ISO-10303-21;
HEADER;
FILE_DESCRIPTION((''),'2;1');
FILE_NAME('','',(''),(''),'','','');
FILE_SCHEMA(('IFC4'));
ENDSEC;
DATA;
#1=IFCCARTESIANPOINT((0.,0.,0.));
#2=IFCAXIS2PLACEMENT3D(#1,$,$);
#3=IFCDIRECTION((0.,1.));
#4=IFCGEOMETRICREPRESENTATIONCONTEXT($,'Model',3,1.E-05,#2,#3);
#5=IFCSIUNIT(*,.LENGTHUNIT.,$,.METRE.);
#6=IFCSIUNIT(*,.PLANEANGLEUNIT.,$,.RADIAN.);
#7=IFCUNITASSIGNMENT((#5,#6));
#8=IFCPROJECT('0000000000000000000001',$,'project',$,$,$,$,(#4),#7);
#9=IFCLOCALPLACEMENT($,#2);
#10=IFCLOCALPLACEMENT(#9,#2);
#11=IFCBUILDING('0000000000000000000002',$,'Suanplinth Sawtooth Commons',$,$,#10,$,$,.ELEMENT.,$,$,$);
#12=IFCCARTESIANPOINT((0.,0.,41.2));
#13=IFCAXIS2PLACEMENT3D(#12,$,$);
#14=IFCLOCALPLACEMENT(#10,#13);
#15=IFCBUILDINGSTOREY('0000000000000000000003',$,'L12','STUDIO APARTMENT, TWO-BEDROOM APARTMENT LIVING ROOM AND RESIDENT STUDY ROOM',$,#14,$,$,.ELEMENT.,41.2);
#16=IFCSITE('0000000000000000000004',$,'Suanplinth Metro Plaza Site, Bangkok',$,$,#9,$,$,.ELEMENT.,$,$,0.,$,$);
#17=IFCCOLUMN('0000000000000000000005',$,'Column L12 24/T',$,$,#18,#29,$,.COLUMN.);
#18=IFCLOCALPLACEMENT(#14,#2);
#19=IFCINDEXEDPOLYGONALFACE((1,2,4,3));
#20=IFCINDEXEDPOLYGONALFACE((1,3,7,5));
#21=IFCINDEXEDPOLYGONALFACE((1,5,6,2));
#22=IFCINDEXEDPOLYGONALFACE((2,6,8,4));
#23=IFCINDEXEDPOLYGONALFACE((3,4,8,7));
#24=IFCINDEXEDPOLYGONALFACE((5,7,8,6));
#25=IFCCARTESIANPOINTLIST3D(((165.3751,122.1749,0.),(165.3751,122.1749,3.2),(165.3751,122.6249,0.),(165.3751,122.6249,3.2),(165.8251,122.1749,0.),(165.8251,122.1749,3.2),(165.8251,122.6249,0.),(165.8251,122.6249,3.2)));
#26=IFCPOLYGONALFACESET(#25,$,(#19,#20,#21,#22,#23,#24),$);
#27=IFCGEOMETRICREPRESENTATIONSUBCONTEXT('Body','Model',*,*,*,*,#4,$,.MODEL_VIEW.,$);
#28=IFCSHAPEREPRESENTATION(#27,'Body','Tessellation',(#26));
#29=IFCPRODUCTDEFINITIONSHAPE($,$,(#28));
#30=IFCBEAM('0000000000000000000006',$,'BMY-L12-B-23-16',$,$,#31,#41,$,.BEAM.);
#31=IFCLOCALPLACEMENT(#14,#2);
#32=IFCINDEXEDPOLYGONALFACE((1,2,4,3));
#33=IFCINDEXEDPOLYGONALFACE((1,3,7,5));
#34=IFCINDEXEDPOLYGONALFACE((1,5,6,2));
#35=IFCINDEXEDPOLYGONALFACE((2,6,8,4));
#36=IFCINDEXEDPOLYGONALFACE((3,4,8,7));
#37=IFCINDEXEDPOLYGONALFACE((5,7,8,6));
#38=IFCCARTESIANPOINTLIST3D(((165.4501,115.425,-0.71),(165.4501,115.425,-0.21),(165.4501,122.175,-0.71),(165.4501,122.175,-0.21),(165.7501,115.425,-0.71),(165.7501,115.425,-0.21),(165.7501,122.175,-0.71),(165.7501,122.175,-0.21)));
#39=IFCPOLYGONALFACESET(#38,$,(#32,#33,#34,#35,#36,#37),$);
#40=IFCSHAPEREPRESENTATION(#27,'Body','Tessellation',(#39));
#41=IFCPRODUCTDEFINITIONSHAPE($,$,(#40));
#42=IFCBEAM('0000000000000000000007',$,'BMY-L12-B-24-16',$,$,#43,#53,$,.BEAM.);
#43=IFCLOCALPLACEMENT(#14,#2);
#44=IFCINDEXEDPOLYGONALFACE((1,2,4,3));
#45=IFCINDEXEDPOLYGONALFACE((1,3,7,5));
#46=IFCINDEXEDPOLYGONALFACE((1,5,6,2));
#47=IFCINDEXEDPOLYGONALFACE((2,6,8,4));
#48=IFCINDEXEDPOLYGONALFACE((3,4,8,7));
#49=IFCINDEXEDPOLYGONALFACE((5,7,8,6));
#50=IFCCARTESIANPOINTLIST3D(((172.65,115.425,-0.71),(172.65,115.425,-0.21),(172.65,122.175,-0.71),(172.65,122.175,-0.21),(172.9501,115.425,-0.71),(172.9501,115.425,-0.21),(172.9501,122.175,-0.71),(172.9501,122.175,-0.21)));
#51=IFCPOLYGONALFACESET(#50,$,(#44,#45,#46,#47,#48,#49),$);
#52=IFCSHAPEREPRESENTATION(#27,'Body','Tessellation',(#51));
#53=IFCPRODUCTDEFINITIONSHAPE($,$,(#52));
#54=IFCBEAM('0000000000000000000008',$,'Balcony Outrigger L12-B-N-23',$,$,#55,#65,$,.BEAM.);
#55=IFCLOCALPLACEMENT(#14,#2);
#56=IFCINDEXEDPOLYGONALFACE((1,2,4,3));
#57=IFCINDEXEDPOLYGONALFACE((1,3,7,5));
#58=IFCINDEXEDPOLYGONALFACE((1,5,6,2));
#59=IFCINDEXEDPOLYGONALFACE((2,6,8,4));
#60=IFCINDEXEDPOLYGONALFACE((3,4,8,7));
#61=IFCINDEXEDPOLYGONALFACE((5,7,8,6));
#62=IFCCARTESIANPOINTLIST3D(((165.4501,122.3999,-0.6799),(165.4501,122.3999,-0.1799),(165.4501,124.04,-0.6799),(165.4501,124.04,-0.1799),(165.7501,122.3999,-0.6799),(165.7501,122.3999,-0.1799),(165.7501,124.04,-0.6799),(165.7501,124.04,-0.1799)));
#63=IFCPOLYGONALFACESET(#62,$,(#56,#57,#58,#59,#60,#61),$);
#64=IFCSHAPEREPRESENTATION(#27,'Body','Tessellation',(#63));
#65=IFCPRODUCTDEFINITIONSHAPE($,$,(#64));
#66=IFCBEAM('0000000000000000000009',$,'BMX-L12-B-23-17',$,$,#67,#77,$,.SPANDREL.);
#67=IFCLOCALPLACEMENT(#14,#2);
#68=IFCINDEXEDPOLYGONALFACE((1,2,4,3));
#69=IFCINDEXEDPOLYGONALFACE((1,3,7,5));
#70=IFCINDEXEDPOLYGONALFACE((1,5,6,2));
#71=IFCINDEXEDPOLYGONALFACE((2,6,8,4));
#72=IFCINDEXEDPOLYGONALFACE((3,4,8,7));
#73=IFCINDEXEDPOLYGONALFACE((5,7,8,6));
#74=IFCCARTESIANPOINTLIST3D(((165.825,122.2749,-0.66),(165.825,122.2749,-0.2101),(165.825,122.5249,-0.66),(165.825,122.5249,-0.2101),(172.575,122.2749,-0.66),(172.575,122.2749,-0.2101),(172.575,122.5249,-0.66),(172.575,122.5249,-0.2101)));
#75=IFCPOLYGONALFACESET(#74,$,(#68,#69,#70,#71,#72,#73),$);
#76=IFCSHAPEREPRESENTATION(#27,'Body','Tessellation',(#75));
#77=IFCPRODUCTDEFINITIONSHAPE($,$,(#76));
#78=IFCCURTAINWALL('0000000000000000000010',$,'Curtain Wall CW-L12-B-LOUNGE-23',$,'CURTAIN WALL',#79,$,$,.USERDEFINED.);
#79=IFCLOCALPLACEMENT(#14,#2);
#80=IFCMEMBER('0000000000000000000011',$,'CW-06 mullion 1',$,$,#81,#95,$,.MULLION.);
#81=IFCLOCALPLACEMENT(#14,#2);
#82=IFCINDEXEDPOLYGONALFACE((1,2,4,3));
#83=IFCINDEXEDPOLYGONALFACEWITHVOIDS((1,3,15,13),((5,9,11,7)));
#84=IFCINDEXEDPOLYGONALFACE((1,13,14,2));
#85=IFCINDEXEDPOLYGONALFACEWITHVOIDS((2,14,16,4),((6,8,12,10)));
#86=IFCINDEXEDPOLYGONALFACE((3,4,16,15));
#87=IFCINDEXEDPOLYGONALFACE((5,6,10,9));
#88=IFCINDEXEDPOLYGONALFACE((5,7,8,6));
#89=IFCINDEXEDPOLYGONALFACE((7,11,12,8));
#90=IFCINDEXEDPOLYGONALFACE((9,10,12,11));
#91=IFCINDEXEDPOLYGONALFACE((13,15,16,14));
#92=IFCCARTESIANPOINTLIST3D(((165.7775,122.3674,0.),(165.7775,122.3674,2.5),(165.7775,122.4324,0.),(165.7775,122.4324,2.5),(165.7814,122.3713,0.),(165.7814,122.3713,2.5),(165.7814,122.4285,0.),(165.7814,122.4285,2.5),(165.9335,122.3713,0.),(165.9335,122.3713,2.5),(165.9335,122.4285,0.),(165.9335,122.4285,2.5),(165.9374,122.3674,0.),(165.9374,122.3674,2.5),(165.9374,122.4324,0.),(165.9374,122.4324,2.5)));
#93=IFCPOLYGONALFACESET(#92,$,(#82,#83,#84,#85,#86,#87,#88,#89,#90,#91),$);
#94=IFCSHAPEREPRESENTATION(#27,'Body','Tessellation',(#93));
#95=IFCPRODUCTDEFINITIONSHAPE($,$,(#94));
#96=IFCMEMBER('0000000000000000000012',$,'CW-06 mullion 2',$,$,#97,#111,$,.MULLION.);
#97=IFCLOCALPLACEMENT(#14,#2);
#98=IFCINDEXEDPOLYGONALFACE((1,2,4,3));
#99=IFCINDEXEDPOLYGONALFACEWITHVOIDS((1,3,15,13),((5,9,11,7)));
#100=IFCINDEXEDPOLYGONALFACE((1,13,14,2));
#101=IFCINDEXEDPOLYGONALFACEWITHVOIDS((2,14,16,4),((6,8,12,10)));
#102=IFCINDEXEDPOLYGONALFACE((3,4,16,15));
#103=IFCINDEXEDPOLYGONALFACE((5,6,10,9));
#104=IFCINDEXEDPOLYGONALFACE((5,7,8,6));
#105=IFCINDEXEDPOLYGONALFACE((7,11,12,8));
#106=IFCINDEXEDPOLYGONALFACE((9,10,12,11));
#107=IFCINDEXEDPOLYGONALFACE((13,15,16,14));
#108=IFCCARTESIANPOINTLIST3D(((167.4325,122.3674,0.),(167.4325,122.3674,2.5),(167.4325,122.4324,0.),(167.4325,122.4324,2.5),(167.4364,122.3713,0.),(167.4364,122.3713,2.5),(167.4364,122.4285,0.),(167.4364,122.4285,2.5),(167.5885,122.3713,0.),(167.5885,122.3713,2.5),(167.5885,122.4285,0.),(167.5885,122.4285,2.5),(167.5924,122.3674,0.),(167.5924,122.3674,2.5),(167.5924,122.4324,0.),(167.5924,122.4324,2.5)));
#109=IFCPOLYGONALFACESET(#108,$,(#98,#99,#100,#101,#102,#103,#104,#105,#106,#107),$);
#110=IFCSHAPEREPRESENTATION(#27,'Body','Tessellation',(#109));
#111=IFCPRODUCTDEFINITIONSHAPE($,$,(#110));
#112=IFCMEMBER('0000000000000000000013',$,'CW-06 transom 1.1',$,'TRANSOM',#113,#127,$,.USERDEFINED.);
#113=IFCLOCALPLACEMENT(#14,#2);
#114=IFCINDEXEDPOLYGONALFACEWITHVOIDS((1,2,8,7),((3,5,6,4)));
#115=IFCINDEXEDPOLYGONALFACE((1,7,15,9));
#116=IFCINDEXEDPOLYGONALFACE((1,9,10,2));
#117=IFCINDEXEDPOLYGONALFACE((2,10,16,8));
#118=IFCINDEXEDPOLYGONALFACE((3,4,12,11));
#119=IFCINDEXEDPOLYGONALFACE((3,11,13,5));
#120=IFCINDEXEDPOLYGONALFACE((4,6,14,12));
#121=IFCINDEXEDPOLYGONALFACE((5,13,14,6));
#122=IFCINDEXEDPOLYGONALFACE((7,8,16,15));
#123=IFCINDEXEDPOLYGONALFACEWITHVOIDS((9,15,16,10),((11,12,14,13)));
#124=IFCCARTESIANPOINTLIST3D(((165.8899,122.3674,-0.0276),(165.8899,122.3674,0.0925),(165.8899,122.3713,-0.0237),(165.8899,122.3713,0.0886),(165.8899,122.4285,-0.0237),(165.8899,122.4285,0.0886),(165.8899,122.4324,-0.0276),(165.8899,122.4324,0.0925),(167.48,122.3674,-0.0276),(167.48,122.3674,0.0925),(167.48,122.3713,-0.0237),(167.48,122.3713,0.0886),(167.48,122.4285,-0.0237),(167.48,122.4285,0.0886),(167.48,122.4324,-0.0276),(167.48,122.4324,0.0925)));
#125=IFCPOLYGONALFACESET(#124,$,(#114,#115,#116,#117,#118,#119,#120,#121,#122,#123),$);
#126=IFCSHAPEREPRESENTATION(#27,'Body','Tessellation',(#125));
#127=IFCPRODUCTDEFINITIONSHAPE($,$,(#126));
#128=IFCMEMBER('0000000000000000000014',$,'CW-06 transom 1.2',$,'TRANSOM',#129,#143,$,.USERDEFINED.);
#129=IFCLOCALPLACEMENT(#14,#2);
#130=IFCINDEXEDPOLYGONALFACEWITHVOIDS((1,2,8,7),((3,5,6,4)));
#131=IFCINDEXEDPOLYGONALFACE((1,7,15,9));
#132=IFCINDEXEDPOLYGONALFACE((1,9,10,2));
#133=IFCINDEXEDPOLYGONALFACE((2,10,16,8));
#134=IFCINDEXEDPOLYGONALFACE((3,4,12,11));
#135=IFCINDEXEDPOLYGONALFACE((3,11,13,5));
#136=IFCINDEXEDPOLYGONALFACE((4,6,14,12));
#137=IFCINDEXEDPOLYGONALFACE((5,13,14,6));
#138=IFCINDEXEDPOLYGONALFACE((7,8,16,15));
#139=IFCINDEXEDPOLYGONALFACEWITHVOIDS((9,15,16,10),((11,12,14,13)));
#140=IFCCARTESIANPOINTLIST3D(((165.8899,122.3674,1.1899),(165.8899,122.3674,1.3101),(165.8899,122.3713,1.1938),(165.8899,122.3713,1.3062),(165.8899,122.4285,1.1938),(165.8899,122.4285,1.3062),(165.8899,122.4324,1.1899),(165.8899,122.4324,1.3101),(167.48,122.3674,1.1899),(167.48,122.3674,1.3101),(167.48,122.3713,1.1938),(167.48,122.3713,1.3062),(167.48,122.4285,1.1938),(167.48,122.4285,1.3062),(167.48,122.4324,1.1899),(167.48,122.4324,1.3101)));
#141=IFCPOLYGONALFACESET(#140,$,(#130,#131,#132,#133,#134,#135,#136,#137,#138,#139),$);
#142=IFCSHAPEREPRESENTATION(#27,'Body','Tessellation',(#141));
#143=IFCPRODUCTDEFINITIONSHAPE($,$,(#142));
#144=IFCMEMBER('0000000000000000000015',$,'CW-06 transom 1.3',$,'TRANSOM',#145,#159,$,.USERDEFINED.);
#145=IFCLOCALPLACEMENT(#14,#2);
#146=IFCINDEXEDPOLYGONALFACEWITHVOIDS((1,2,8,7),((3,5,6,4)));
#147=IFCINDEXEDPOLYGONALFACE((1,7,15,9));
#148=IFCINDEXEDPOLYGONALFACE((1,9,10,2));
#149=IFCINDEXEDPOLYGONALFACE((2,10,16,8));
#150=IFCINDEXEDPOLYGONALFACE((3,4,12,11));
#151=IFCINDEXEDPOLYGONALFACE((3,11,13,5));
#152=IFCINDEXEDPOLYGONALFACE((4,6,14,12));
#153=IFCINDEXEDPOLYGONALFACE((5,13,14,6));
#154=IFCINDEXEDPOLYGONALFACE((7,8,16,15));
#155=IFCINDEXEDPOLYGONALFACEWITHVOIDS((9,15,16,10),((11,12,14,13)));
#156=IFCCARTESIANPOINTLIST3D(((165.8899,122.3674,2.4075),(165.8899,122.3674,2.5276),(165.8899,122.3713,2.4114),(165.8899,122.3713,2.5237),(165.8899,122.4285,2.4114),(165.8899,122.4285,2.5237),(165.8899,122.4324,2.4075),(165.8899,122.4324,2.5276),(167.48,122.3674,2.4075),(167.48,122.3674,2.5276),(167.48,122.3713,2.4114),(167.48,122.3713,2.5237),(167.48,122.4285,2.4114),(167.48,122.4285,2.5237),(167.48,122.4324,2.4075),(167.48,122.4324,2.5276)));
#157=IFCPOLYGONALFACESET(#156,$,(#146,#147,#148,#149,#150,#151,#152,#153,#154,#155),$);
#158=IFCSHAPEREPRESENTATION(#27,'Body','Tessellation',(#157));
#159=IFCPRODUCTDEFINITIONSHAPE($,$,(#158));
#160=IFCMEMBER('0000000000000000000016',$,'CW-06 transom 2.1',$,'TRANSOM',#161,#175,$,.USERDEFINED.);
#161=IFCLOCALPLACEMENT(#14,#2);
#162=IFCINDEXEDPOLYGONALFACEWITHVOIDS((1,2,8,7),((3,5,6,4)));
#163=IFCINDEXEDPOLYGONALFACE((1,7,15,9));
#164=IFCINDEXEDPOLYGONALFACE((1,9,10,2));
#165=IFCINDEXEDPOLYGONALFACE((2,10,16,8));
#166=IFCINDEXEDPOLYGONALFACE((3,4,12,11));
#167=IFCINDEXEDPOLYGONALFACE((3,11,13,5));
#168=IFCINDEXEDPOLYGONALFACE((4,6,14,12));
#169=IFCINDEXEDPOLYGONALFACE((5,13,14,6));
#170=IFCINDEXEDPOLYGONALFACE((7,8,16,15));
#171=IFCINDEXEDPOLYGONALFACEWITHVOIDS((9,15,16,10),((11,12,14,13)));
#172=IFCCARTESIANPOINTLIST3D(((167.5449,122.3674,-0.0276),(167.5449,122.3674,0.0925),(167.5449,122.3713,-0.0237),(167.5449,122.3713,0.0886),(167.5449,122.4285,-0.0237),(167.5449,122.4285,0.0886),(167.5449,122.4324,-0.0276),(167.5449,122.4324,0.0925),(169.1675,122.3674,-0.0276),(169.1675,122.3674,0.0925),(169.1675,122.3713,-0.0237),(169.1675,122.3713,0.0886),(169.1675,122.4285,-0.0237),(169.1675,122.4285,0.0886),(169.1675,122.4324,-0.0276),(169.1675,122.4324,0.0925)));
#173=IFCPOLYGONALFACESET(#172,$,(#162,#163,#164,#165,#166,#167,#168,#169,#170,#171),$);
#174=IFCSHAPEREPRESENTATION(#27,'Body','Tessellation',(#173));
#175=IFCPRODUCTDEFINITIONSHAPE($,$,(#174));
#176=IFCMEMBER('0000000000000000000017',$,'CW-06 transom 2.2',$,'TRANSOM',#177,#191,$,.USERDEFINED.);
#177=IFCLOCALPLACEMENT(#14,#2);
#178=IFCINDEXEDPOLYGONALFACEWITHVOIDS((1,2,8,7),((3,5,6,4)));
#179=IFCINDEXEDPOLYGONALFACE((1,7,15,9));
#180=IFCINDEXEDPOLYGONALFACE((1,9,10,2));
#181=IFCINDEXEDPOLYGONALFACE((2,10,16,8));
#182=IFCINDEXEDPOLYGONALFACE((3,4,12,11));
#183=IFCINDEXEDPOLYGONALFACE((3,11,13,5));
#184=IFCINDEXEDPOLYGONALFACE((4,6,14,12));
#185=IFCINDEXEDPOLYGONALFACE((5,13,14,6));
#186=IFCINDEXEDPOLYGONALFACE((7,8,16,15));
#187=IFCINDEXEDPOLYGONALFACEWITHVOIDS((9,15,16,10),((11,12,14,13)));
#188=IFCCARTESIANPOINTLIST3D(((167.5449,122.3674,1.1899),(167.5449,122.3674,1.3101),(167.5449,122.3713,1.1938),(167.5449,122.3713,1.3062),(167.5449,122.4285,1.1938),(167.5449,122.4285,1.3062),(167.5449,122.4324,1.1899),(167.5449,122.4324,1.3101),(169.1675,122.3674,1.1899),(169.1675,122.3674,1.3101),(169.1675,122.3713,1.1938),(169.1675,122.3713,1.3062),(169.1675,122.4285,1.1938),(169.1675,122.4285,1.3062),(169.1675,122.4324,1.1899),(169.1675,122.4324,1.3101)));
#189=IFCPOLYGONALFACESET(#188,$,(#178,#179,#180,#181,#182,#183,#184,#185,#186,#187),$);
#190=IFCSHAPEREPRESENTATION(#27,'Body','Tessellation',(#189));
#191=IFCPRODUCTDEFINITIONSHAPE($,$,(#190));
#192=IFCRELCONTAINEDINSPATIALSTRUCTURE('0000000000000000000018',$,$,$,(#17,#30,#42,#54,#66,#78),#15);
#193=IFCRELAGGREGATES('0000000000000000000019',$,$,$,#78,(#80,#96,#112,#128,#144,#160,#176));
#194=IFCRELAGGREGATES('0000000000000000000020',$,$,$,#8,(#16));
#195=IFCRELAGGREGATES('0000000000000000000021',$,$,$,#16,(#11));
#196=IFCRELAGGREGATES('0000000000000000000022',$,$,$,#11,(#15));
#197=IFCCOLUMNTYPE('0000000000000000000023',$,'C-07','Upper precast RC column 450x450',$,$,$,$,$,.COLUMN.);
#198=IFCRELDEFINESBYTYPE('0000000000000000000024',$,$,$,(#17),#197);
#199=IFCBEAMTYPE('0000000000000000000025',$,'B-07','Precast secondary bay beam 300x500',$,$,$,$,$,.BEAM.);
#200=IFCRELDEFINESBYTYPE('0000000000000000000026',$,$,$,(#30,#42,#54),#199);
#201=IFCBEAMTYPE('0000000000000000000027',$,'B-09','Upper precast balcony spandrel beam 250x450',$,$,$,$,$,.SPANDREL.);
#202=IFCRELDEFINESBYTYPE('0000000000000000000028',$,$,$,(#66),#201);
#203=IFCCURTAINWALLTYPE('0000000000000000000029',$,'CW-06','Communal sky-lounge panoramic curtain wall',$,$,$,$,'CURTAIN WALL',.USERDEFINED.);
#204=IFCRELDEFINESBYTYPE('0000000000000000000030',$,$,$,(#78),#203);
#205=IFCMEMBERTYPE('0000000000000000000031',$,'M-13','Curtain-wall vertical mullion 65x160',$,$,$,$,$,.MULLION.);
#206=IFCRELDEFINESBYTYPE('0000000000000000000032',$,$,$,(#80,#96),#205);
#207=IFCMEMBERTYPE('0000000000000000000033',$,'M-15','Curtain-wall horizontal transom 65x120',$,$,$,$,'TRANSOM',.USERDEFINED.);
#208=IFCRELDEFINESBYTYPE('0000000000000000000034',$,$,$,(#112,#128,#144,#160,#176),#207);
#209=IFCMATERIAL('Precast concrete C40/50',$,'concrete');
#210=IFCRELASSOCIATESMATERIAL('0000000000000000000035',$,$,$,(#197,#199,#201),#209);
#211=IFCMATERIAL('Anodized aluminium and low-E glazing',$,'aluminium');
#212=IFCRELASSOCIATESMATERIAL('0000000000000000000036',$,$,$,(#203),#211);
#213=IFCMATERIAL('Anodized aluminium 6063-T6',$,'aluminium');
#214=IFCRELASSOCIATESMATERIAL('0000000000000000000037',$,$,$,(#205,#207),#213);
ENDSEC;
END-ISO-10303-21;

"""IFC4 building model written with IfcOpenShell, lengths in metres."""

from ifc_helpers import new_model, si_unit, direction, frame, origin, origin_2d, place, context, subcontext, project, spatial, rectangle, hollow_rectangle, extrude, material, material_profile, profile_set, type_object, element, aggregate, save


model = new_model("IFC4")

# Units and contexts
model_context = context("Model", 3, precision=1e-05, world=origin(), true_north=direction((0.0, 1.0)))
body_context = subcontext(model_context, "Body", "Model", "MODEL_VIEW")
ifc_project = project(units=[si_unit("LENGTHUNIT", "METRE"), si_unit("PLANEANGLEUNIT", "RADIAN")], contexts=[model_context])

# Site, building, storey
site_placement = place(None, origin())
site = spatial("IfcSite", under=ifc_project, at=site_placement, Name="Suanplinth Metro Plaza Site, Bangkok", CompositionType="ELEMENT", RefElevation=0.0)
building_placement = place(site_placement, origin())
building = spatial("IfcBuilding", under=site, at=building_placement, Name="Suanplinth Sawtooth Commons", CompositionType="ELEMENT")
storey_placement = place(building_placement, frame((0.0, 0.0, 41.2)))
storey = spatial("IfcBuildingStorey", under=building, at=storey_placement, Name="L12", Description="STUDIO APARTMENT, TWO-BEDROOM APARTMENT LIVING ROOM AND RESIDENT STUDY ROOM", CompositionType="ELEMENT", Elevation=41.2)

# Column
ifc_material_1 = material(Name="Precast concrete C40/50", Category="concrete")
ifc_material_profile_1 = material_profile(ifc_material_1, rectangle(XDim=0.45, YDim=0.45, at=origin_2d()), Name="PC-COL 450x450")
ifc_profile_set_1 = profile_set([ifc_material_profile_1], Name="Precast concrete C40/50")
column_type = type_object("IfcColumnType", Name="C-07", Description="Upper precast RC column 450x450", PredefinedType="COLUMN", material=ifc_profile_set_1)
column_placement = place(storey_placement, frame((165.6001, 122.3999, 0.0), z_axis=(0.0, 0.0, 1.0), x_axis=(1.0, 0.0, 0.0)))
element("IfcColumn", 1, at=column_placement, inside=storey, type_object=column_type, Name="Column L12 24/T", PredefinedType="COLUMN", context=body_context, shape_type="SweptSolid", body=[
    extrude(rectangle(XDim=0.45, YDim=0.45, at=origin_2d()), origin(), (0.0, 0.0, 1.0), 3.2),
])

# Beams
ifc_material_profile_2 = material_profile(ifc_material_1, rectangle(XDim=0.3, YDim=0.5, at=origin_2d()), Name="PC-BM 300x500")
ifc_profile_set_2 = profile_set([ifc_material_profile_2], Name="Precast concrete C40/50")
beam_type_1 = type_object("IfcBeamType", Name="B-07", Description="Precast secondary bay beam 300x500", PredefinedType="BEAM", material=ifc_profile_set_2)
for number, where, z_axis, x_axis, name in (
    (2, (165.6001, 115.425, -0.46), (0.0, 1.0, 0.0), (-1.0, 0.0, 0.0), "BMY-L12-B-23-16"),
    (3, (172.8, 115.425, -0.46), (0.0, 1.0, 0.0), (-1.0, 0.0, 0.0), "BMY-L12-B-24-16"),
):
    element("IfcBeam", number, at=place(storey_placement, frame(where, z_axis=z_axis, x_axis=x_axis)), inside=storey, type_object=beam_type_1, Name=name, PredefinedType="BEAM", context=body_context, shape_type="SweptSolid", body=[
        extrude(rectangle(XDim=0.3, YDim=0.5, at=origin_2d()), origin(), (0.0, 0.0, 1.0), 6.75),
    ])
beam_1_placement = place(storey_placement, frame((165.6001, 122.3999, -0.4299), z_axis=(0.0, 1.0, 0.0), x_axis=(-1.0, 0.0, 0.0)))
element("IfcBeam", 4, at=beam_1_placement, inside=storey, type_object=beam_type_1, Name="Balcony Outrigger L12-B-N-23", PredefinedType="BEAM", context=body_context, shape_type="SweptSolid", body=[
    extrude(rectangle(XDim=0.3, YDim=0.5, at=origin_2d()), origin(), (0.0, 0.0, 1.0), 1.6401),
])
ifc_material_profile_3 = material_profile(ifc_material_1, rectangle(XDim=0.25, YDim=0.45, at=origin_2d()), Name="PC-SP 250x450")
ifc_profile_set_3 = profile_set([ifc_material_profile_3], Name="Precast concrete C40/50")
beam_type_2 = type_object("IfcBeamType", Name="B-09", Description="Upper precast balcony spandrel beam 250x450", PredefinedType="SPANDREL", material=ifc_profile_set_3)
beam_2_placement = place(storey_placement, frame((165.825, 122.3999, -0.4351), z_axis=(1.0, 0.0, 0.0), x_axis=(0.0, 1.0, 0.0)))
element("IfcBeam", 5, at=beam_2_placement, inside=storey, type_object=beam_type_2, Name="BMX-L12-B-23-17", PredefinedType="SPANDREL", context=body_context, shape_type="SweptSolid", body=[
    extrude(rectangle(XDim=0.25, YDim=0.45, at=origin_2d()), origin(), (0.0, 0.0, 1.0), 6.75),
])

# Curtain wall, members
ifc_material_2 = material(Name="Anodized aluminium and low-E glazing", Category="aluminium")
curtain_wall_type = type_object("IfcCurtainWallType", Name="CW-06", Description="Communal sky-lounge panoramic curtain wall", ElementType="CURTAIN WALL", PredefinedType="USERDEFINED", material=ifc_material_2)
curtain_wall_placement = place(storey_placement, origin())
curtain_wall = element("IfcCurtainWall", 6, at=curtain_wall_placement, inside=storey, type_object=curtain_wall_type, Name="Curtain Wall CW-L12-B-LOUNGE-23", ObjectType="CURTAIN WALL", PredefinedType="USERDEFINED")
ifc_material_3 = material(Name="Anodized aluminium 6063-T6", Category="aluminium")
ifc_material_profile_4 = material_profile(ifc_material_3, hollow_rectangle(XDim=0.0649, YDim=0.1599, WallThickness=0.0039, at=origin_2d()), Name="ALU-MUL 65x160")
ifc_profile_set_4 = profile_set([ifc_material_profile_4], Name="Anodized aluminium 6063-T6")
member_type_1 = type_object("IfcMemberType", Name="M-13", Description="Curtain-wall vertical mullion 65x160", PredefinedType="MULLION", material=ifc_profile_set_4)
member_1_placement = place(storey_placement, frame((165.8574, 122.3999, 0.0), z_axis=(0.0, 0.0, 1.0), x_axis=(0.0, 1.0, 0.0)))
member_1 = element("IfcMember", 7, at=member_1_placement, type_object=member_type_1, Name="CW-06 mullion 1", PredefinedType="MULLION", context=body_context, shape_type="SweptSolid", body=[
    extrude(hollow_rectangle(XDim=0.0649, YDim=0.1599, WallThickness=0.0039, at=origin_2d()), origin(), (0.0, 0.0, 1.0), 2.5),
])
member_2_placement = place(storey_placement, frame((167.5125, 122.3999, 0.0), z_axis=(0.0, 0.0, 1.0), x_axis=(0.0, 1.0, 0.0)))
member_2 = element("IfcMember", 8, at=member_2_placement, type_object=member_type_1, Name="CW-06 mullion 2", PredefinedType="MULLION", context=body_context, shape_type="SweptSolid", body=[
    extrude(hollow_rectangle(XDim=0.0649, YDim=0.1599, WallThickness=0.0039, at=origin_2d()), origin(), (0.0, 0.0, 1.0), 2.5),
])
ifc_material_profile_5 = material_profile(ifc_material_3, hollow_rectangle(XDim=0.0649, YDim=0.1201, WallThickness=0.0039, at=origin_2d()), Name="ALU-TRN 65x120")
ifc_profile_set_5 = profile_set([ifc_material_profile_5], Name="Anodized aluminium 6063-T6")
member_type_2 = type_object("IfcMemberType", Name="M-15", Description="Curtain-wall horizontal transom 65x120", ElementType="TRANSOM", PredefinedType="USERDEFINED", material=ifc_profile_set_5)
member_3_placement = place(storey_placement, frame((165.8899, 122.3999, 0.0325), z_axis=(1.0, 0.0, 0.0), x_axis=(0.0, 1.0, 0.0)))
member_3 = element("IfcMember", 9, at=member_3_placement, type_object=member_type_2, Name="CW-06 transom 1.1", ObjectType="TRANSOM", PredefinedType="USERDEFINED", context=body_context, shape_type="SweptSolid", body=[
    extrude(hollow_rectangle(XDim=0.0649, YDim=0.1201, WallThickness=0.0039, at=origin_2d()), origin(), (0.0, 0.0, 1.0), 1.5901),
])
member_4_placement = place(storey_placement, frame((165.8899, 122.3999, 1.25), z_axis=(1.0, 0.0, 0.0), x_axis=(0.0, 1.0, 0.0)))
member_4 = element("IfcMember", 10, at=member_4_placement, type_object=member_type_2, Name="CW-06 transom 1.2", ObjectType="TRANSOM", PredefinedType="USERDEFINED", context=body_context, shape_type="SweptSolid", body=[
    extrude(hollow_rectangle(XDim=0.0649, YDim=0.1201, WallThickness=0.0039, at=origin_2d()), origin(), (0.0, 0.0, 1.0), 1.5901),
])
member_5_placement = place(storey_placement, frame((165.8899, 122.3999, 2.4675), z_axis=(1.0, 0.0, 0.0), x_axis=(0.0, 1.0, 0.0)))
member_5 = element("IfcMember", 11, at=member_5_placement, type_object=member_type_2, Name="CW-06 transom 1.3", ObjectType="TRANSOM", PredefinedType="USERDEFINED", context=body_context, shape_type="SweptSolid", body=[
    extrude(hollow_rectangle(XDim=0.0649, YDim=0.1201, WallThickness=0.0039, at=origin_2d()), origin(), (0.0, 0.0, 1.0), 1.5901),
])
member_6_placement = place(storey_placement, frame((167.5449, 122.3999, 0.0325), z_axis=(1.0, 0.0, 0.0), x_axis=(0.0, 1.0, 0.0)))
member_6 = element("IfcMember", 12, at=member_6_placement, type_object=member_type_2, Name="CW-06 transom 2.1", ObjectType="TRANSOM", PredefinedType="USERDEFINED", context=body_context, shape_type="SweptSolid", body=[
    extrude(hollow_rectangle(XDim=0.0649, YDim=0.1201, WallThickness=0.0039, at=origin_2d()), origin(), (0.0, 0.0, 1.0), 1.6226),
])
member_7_placement = place(storey_placement, frame((167.5449, 122.3999, 1.25), z_axis=(1.0, 0.0, 0.0), x_axis=(0.0, 1.0, 0.0)))
member_7 = element("IfcMember", 13, at=member_7_placement, type_object=member_type_2, Name="CW-06 transom 2.2", ObjectType="TRANSOM", PredefinedType="USERDEFINED", context=body_context, shape_type="SweptSolid", body=[
    extrude(hollow_rectangle(XDim=0.0649, YDim=0.1201, WallThickness=0.0039, at=origin_2d()), origin(), (0.0, 0.0, 1.0), 1.6226),
])
aggregate(curtain_wall, [member_1, member_2, member_3, member_4, member_5, member_6, member_7])

save(model, "model.ifc")
